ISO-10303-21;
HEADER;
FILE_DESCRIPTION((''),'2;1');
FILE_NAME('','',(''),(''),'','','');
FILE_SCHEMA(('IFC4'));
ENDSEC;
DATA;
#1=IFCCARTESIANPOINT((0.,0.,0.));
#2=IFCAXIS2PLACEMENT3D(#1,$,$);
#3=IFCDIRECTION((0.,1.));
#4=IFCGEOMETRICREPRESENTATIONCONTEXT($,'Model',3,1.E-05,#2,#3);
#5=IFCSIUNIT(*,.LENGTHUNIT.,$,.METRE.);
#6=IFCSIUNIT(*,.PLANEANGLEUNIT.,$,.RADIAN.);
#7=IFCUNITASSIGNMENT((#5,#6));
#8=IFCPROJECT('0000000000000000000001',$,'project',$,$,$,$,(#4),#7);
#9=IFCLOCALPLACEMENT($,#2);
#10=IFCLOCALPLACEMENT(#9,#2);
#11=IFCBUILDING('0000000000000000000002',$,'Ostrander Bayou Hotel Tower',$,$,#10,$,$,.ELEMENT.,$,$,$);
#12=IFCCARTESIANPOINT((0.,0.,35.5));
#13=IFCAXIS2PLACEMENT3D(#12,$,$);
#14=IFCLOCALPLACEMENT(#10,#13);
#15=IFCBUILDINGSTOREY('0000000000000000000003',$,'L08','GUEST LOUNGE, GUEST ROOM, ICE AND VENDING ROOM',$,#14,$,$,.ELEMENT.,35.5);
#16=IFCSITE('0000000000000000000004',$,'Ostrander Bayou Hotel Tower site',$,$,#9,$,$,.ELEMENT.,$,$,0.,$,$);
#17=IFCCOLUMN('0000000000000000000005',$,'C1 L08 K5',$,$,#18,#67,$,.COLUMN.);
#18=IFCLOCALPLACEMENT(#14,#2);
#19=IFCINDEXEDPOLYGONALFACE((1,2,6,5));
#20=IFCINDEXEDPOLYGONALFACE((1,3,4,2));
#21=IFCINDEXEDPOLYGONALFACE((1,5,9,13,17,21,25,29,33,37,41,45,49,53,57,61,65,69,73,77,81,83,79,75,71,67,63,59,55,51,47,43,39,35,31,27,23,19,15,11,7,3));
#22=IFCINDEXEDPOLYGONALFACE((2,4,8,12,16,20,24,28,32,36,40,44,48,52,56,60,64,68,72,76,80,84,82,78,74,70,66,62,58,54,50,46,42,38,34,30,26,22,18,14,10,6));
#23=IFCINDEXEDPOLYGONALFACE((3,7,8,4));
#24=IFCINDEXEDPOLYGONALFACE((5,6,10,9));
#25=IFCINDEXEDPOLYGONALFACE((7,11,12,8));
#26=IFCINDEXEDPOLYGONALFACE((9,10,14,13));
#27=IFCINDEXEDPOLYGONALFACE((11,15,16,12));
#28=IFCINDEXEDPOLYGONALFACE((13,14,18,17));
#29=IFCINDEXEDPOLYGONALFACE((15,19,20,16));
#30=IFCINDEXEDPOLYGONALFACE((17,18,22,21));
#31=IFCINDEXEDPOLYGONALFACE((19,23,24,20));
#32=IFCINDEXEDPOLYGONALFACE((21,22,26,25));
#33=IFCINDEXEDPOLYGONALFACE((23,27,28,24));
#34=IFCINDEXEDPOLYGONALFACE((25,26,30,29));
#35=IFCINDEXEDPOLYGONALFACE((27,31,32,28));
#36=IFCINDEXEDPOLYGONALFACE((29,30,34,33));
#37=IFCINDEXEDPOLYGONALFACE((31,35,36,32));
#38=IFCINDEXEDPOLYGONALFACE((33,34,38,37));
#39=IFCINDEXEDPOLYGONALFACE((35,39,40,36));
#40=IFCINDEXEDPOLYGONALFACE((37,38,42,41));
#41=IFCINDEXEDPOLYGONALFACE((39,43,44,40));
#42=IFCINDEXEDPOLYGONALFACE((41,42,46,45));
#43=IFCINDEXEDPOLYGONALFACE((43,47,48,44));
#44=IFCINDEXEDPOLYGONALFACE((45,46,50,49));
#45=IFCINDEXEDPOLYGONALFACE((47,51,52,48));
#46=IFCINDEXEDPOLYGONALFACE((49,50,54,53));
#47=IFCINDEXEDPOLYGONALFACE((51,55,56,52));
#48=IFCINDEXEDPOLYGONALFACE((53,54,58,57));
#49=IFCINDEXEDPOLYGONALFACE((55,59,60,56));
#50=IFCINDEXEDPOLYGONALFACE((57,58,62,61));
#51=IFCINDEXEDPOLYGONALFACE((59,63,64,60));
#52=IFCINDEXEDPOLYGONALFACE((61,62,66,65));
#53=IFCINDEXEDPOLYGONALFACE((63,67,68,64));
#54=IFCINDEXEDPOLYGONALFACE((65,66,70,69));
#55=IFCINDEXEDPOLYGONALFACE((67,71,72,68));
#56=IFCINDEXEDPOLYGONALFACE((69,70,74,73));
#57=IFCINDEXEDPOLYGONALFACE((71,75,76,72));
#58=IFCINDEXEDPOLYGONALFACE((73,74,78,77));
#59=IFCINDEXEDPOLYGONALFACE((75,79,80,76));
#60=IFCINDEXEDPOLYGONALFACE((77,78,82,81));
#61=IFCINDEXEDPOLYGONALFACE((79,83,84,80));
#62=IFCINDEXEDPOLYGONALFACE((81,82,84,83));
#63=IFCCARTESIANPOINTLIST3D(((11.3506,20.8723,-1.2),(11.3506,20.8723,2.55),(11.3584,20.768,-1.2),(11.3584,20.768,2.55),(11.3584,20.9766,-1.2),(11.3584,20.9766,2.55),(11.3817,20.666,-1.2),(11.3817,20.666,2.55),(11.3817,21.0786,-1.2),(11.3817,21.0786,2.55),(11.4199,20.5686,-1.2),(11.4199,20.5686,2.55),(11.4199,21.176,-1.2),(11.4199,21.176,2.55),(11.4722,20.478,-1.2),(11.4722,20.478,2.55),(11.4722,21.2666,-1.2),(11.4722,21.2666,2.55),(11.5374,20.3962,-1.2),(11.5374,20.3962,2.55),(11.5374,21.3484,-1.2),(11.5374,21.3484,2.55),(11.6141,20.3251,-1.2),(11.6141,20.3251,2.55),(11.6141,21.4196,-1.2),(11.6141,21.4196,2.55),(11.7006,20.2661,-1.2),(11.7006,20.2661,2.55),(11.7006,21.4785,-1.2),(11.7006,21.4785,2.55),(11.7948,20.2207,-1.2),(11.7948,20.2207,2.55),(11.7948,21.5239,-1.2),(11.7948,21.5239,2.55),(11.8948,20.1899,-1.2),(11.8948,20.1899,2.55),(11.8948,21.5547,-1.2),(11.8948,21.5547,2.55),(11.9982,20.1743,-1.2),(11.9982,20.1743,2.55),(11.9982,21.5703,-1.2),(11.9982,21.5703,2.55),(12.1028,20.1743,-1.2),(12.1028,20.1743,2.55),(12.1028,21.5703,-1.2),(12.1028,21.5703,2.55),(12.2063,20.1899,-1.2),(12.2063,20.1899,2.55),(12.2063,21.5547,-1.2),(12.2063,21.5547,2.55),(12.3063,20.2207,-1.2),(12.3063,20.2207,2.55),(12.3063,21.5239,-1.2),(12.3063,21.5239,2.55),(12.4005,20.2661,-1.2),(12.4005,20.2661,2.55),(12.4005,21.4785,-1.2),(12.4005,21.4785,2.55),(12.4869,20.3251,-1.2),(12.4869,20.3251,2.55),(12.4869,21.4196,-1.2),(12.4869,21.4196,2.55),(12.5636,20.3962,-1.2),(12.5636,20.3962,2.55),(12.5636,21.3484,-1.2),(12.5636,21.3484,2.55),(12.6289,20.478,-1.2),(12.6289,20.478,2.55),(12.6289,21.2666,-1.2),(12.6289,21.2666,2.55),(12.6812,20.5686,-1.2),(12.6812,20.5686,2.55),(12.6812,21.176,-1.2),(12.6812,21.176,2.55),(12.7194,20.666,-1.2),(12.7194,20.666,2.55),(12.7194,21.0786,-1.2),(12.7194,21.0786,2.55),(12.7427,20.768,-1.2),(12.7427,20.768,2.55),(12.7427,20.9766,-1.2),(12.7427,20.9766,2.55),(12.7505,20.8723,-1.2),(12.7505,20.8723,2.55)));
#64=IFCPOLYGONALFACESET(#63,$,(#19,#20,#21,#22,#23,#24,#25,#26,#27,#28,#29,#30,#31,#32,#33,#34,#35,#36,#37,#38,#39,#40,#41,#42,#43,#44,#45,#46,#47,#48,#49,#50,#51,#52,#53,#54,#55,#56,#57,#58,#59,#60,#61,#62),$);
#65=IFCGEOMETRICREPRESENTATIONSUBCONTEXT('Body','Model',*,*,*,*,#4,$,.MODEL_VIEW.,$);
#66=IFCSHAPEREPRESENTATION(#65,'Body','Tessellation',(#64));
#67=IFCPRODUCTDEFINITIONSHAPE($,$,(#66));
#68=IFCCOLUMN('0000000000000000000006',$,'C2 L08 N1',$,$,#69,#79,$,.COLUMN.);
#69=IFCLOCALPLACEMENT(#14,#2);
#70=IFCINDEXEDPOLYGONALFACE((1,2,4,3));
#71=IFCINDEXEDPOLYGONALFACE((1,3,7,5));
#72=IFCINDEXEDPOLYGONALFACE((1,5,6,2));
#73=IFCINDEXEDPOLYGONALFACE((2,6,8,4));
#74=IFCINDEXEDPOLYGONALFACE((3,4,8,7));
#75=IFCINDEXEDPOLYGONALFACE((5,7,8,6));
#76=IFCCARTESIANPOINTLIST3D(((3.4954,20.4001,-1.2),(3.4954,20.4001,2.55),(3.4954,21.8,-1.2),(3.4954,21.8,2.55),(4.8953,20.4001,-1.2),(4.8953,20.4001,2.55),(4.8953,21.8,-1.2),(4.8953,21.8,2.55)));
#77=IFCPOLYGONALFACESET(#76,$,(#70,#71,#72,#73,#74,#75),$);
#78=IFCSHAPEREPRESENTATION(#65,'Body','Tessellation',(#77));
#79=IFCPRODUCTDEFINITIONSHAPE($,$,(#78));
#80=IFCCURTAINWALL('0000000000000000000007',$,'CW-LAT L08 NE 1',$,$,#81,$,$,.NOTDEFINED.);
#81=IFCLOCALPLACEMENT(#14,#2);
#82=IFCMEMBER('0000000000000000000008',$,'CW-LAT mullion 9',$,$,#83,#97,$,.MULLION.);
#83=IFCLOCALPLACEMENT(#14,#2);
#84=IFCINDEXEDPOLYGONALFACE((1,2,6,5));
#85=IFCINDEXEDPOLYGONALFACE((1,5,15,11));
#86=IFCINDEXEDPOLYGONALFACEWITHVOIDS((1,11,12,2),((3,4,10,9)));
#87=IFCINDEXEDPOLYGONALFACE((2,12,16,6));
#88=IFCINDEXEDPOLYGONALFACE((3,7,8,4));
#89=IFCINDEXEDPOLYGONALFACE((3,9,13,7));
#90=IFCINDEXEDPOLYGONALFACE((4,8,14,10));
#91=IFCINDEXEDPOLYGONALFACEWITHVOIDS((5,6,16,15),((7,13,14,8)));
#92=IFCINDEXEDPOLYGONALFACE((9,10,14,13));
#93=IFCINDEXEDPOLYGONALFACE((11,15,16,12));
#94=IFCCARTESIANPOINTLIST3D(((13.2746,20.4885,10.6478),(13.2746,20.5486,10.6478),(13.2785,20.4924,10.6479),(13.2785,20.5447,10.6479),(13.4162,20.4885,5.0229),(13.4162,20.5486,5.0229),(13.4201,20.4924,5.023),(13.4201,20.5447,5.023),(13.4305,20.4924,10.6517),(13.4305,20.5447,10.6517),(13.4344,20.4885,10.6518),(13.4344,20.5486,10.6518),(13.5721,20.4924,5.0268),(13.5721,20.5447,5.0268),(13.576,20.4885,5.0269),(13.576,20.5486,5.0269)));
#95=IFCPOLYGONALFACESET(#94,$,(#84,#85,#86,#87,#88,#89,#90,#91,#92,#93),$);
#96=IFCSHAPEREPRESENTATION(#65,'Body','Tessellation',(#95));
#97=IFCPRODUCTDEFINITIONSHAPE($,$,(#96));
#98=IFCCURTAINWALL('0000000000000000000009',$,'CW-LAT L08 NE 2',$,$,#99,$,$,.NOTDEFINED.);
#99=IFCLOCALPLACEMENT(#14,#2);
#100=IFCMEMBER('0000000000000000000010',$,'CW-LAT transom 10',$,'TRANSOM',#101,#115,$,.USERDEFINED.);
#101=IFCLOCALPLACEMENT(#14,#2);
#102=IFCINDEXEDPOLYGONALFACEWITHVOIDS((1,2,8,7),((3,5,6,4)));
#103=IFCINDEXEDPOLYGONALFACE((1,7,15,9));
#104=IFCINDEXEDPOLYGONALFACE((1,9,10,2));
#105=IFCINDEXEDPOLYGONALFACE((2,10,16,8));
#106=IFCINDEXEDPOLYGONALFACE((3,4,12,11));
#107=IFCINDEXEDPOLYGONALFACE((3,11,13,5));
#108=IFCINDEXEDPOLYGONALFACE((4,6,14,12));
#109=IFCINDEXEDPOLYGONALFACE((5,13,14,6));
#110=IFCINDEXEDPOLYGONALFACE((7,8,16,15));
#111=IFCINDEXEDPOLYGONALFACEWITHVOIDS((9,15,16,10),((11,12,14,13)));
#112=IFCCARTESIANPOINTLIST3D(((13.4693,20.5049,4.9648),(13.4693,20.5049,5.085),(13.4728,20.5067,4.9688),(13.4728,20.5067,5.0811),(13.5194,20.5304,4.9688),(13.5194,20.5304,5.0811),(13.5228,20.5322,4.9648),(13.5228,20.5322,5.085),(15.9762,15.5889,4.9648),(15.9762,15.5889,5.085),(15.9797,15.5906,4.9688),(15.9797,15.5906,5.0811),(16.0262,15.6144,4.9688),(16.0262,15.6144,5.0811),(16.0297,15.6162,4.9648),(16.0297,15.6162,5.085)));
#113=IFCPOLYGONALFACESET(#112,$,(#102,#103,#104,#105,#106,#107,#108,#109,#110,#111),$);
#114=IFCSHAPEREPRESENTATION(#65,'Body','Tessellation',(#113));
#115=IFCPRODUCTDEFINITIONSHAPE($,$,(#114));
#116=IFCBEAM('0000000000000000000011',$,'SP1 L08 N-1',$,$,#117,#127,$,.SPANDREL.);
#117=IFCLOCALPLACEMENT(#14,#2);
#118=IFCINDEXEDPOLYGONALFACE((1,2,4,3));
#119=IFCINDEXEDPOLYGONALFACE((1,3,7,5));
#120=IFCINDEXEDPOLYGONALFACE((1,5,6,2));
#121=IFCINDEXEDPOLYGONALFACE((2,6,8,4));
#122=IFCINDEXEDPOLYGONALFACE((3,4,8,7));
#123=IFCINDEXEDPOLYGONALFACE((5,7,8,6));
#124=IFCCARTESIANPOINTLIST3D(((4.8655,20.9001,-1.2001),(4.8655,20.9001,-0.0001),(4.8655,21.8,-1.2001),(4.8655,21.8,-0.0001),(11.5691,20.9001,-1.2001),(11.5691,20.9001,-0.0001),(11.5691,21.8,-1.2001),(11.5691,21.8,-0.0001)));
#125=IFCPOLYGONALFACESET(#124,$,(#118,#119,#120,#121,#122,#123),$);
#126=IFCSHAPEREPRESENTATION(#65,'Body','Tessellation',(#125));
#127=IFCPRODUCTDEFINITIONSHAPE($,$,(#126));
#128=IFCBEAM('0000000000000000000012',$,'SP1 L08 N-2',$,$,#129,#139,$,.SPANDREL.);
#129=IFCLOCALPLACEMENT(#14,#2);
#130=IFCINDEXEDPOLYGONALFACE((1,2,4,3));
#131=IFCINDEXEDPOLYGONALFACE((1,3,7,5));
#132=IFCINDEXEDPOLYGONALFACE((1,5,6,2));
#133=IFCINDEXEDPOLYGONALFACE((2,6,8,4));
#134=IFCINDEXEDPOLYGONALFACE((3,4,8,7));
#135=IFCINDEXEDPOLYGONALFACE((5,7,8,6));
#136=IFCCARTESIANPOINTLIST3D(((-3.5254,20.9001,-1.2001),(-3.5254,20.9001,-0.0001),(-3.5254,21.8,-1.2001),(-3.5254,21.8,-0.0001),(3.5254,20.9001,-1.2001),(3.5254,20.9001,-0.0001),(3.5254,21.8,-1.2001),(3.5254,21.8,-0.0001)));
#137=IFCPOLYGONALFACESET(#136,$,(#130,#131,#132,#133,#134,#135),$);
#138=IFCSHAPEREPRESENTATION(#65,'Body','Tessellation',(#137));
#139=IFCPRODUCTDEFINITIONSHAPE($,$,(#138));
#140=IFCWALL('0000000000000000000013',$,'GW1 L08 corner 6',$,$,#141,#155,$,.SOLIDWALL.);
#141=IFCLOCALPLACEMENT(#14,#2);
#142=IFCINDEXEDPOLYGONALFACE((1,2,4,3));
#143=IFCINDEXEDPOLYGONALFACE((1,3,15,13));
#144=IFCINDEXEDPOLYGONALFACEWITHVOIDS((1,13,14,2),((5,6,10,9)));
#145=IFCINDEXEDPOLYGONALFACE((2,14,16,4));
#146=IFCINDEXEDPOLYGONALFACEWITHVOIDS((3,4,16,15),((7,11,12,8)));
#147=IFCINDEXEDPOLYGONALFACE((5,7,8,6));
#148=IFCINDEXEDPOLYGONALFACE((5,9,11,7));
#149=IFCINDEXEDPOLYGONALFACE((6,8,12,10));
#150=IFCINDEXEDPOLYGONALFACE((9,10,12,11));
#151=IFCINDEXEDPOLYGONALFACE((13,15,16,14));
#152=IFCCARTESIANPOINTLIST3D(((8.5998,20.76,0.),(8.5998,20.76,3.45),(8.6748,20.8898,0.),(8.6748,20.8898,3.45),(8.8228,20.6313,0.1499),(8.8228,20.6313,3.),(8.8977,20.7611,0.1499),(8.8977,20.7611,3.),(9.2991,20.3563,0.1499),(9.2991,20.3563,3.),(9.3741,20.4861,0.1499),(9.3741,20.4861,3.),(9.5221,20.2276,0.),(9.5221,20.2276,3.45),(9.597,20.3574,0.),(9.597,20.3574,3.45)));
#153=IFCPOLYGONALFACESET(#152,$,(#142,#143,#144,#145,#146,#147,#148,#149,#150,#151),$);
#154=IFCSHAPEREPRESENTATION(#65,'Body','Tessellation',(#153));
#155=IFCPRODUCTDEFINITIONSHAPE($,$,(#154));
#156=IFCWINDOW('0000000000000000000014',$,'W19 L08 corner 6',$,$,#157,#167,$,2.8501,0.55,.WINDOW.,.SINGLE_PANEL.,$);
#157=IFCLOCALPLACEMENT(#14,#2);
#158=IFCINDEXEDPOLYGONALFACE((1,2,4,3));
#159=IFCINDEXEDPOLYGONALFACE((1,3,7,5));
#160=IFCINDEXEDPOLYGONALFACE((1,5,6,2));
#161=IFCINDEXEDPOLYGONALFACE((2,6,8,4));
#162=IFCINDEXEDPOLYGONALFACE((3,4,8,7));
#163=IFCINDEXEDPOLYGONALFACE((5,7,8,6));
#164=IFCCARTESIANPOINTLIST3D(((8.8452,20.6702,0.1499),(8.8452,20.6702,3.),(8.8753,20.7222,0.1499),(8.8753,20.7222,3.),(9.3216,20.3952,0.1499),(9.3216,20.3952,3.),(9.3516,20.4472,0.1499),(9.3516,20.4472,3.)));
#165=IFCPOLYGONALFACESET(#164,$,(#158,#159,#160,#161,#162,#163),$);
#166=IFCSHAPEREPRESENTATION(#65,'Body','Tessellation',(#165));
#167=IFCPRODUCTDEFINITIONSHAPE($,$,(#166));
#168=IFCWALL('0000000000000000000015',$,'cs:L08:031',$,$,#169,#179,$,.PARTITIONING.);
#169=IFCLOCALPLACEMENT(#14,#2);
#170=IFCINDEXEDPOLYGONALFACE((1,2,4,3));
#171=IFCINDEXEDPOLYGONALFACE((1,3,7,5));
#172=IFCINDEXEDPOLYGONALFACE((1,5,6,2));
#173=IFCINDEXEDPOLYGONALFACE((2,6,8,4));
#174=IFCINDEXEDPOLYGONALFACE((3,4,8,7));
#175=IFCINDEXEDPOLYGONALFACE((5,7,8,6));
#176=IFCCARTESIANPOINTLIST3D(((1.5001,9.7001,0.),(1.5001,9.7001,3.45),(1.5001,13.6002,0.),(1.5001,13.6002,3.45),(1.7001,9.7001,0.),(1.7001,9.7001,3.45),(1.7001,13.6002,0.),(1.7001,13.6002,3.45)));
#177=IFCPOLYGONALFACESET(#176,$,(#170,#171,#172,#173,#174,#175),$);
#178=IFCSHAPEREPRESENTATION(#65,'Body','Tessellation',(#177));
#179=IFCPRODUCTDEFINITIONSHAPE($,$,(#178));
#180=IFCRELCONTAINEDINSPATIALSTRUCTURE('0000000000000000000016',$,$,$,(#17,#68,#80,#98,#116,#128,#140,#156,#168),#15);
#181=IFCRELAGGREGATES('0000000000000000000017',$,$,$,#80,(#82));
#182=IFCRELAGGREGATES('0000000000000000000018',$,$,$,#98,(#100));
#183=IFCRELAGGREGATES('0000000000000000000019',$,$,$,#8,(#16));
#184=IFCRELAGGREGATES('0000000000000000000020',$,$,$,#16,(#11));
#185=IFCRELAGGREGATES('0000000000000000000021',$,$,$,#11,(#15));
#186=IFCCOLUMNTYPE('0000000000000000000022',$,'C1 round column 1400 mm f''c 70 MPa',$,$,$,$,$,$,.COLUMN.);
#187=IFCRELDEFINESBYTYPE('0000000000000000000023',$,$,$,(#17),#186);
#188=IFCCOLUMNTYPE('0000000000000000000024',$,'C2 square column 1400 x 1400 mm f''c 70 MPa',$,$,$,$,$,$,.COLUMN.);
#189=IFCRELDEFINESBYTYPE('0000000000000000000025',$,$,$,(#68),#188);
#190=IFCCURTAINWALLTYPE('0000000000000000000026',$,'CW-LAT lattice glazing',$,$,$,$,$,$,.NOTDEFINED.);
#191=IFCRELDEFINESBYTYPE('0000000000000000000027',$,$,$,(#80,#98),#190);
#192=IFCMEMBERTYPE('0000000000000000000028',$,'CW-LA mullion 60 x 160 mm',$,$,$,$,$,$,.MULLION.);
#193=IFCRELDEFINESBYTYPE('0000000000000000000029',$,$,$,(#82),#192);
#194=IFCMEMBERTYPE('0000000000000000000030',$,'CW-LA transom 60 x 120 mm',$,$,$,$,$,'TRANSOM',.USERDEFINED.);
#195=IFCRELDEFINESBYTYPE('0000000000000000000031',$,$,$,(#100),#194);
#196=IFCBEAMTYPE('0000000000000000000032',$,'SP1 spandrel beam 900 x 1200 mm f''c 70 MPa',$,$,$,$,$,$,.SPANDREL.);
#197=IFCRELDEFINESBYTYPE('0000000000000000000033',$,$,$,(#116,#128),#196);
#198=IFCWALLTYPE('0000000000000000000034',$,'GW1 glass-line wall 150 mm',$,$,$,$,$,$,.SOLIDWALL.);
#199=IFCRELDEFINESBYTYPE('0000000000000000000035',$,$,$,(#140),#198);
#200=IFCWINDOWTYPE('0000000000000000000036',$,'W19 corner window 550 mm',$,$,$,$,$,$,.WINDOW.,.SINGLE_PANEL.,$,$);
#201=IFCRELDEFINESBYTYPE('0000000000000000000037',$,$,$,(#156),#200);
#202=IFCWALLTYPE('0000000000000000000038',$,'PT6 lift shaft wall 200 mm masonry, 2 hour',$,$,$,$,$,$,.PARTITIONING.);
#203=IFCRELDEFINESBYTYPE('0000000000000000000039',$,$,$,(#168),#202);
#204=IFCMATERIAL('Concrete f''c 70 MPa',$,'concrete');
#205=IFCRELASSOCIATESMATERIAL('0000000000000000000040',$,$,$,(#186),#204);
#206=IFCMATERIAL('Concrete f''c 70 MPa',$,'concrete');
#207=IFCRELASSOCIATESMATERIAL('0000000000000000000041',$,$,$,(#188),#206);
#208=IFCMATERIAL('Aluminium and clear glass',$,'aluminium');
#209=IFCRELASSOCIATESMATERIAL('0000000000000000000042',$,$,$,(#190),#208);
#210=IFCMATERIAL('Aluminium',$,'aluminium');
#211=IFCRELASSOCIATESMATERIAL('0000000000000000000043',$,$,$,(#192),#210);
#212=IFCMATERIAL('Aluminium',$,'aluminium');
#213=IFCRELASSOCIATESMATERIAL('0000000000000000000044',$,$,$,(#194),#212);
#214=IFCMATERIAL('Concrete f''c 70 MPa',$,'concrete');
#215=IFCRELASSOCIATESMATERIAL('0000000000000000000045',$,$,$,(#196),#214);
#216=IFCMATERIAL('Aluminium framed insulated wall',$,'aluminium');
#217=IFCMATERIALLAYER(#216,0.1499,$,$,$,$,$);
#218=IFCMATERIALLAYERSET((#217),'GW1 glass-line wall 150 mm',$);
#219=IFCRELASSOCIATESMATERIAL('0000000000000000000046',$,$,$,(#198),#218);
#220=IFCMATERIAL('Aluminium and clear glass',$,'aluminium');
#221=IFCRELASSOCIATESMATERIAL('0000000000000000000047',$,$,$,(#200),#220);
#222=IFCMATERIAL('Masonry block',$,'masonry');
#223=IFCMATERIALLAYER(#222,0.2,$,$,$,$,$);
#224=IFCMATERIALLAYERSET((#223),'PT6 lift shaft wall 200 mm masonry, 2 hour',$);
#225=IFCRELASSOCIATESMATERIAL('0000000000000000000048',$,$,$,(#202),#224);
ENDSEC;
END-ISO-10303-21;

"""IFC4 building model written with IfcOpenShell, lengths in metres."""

from ifc_helpers import new_model, si_unit, direction, frame, frame_2d, origin, origin_2d, place, context, subcontext, project, spatial, rectangle, hollow_rectangle, circle, extrude, material, layer, layer_set, material_profile, profile_set, type_object, element, fill, aggregate, save


model = new_model("IFC4")

# Units and contexts
model_context = context("Model", 3, precision=1e-05, world=origin(), true_north=direction((0.0, 1.0)))
body_context = subcontext(model_context, "Body", "Model", "MODEL_VIEW")
ifc_project = project(units=[si_unit("LENGTHUNIT", "METRE"), si_unit("PLANEANGLEUNIT", "RADIAN")], contexts=[model_context])

# Site, building, storey
site_placement = place(None, origin())
site = spatial("IfcSite", under=ifc_project, at=site_placement, Name="Ostrander Bayou Hotel Tower site", CompositionType="ELEMENT", RefElevation=0.0)
building_placement = place(site_placement, origin())
building = spatial("IfcBuilding", under=site, at=building_placement, Name="Ostrander Bayou Hotel Tower", CompositionType="ELEMENT")
storey_placement = place(building_placement, frame((0.0, 0.0, 35.5)))
storey = spatial("IfcBuildingStorey", under=building, at=storey_placement, Name="L08", Description="GUEST LOUNGE, GUEST ROOM, ICE AND VENDING ROOM", CompositionType="ELEMENT", Elevation=35.5)

# Columns
ifc_material_1 = material(Name="Concrete f'c 70 MPa", Category="concrete")
ifc_material_profile_1 = material_profile(ifc_material_1, circle(Radius=0.7, at=origin_2d()))
ifc_profile_set_1 = profile_set([ifc_material_profile_1], Name="Concrete f'c 70 MPa")
column_type_1 = type_object("IfcColumnType", Name="C1 round column 1400 mm f'c 70 MPa", PredefinedType="COLUMN", material=ifc_profile_set_1)
column_1_placement = place(storey_placement, frame((12.0505, 20.8723, -1.2), z_axis=(0.0, 0.0, 1.0), x_axis=(1.0, 0.0, 0.0)))
element("IfcColumn", 1, at=column_1_placement, inside=storey, type_object=column_type_1, Name="C1 L08 K5", PredefinedType="COLUMN", context=body_context, shape_type="SweptSolid", body=[
    extrude(circle(Radius=0.7, at=origin_2d()), origin(), (0.0, 0.0, 1.0), 3.75),
])
ifc_material_2 = material(Name="Concrete f'c 70 MPa", Category="concrete")
ifc_material_profile_2 = material_profile(ifc_material_2, rectangle(XDim=1.3999, YDim=1.3999, at=origin_2d()))
ifc_profile_set_2 = profile_set([ifc_material_profile_2], Name="Concrete f'c 70 MPa")
column_type_2 = type_object("IfcColumnType", Name="C2 square column 1400 x 1400 mm f'c 70 MPa", PredefinedType="COLUMN", material=ifc_profile_set_2)
column_2_placement = place(storey_placement, frame((4.1953, 21.1001, -1.2), z_axis=(0.0, 0.0, 1.0), x_axis=(1.0, 0.0, 0.0)))
element("IfcColumn", 2, at=column_2_placement, inside=storey, type_object=column_type_2, Name="C2 L08 N1", PredefinedType="COLUMN", context=body_context, shape_type="SweptSolid", body=[
    extrude(rectangle(XDim=1.3999, YDim=1.3999, at=origin_2d()), origin(), (0.0, 0.0, 1.0), 3.75),
])

# Curtain walls, members
ifc_material_3 = material(Name="Aluminium and clear glass", Category="aluminium")
curtain_wall_type = type_object("IfcCurtainWallType", Name="CW-LAT lattice glazing", PredefinedType="NOTDEFINED", material=ifc_material_3)
curtain_wall_1_placement = place(storey_placement, origin())
curtain_wall_1 = element("IfcCurtainWall", 3, at=curtain_wall_1_placement, inside=storey, type_object=curtain_wall_type, Name="CW-LAT L08 NE 1", PredefinedType="NOTDEFINED")
ifc_material_4 = material(Name="Aluminium", Category="aluminium")
ifc_material_profile_3 = material_profile(ifc_material_4, hollow_rectangle(XDim=0.0601, YDim=0.1599, WallThickness=0.0039, at=origin_2d()))
ifc_profile_set_3 = profile_set([ifc_material_profile_3], Name="Aluminium")
member_type_1 = type_object("IfcMemberType", Name="CW-LA mullion 60 x 160 mm", PredefinedType="MULLION", material=ifc_profile_set_3)
member_1_placement = place(storey_placement, frame((13.4961, 20.5186, 5.0249), z_axis=(-0.025166, 0.0, 0.999683), x_axis=(0.0, -1.0, 0.0)))
member_1 = element("IfcMember", 4, at=member_1_placement, type_object=member_type_1, Name="CW-LAT mullion 9", PredefinedType="MULLION", context=body_context, shape_type="SweptSolid", body=[
    extrude(hollow_rectangle(XDim=0.0601, YDim=0.1599, WallThickness=0.0039, at=origin_2d()), origin(), (0.0, 0.0, 1.0), 5.6267),
])
aggregate(curtain_wall_1, [member_1])
curtain_wall_2_placement = place(storey_placement, origin())
curtain_wall_2 = element("IfcCurtainWall", 5, at=curtain_wall_2_placement, inside=storey, type_object=curtain_wall_type, Name="CW-LAT L08 NE 2", PredefinedType="NOTDEFINED")
ifc_material_5 = material(Name="Aluminium", Category="aluminium")
ifc_material_profile_4 = material_profile(ifc_material_5, hollow_rectangle(XDim=0.0601, YDim=0.1201, WallThickness=0.0039, at=origin_2d()))
ifc_profile_set_4 = profile_set([ifc_material_profile_4], Name="Aluminium")
member_type_2 = type_object("IfcMemberType", Name="CW-LA transom 60 x 120 mm", ElementType="TRANSOM", PredefinedType="USERDEFINED", material=ifc_profile_set_4)
member_2_placement = place(storey_placement, frame((13.4961, 20.5186, 5.0249), z_axis=(0.454278, -0.89086, 0.0), x_axis=(0.89086, 0.454278, 0.0)))
member_2 = element("IfcMember", 6, at=member_2_placement, type_object=member_type_2, Name="CW-LAT transom 10", ObjectType="TRANSOM", PredefinedType="USERDEFINED", context=body_context, shape_type="SweptSolid", body=[
    extrude(hollow_rectangle(XDim=0.0601, YDim=0.1201, WallThickness=0.0039, at=origin_2d()), origin(), (0.0, 0.0, 1.0), 5.5183),
])
aggregate(curtain_wall_2, [member_2])

# Beams
ifc_material_6 = material(Name="Concrete f'c 70 MPa", Category="concrete")
ifc_material_profile_5 = material_profile(ifc_material_6, rectangle(XDim=0.8999, YDim=1.2, at=origin_2d()))
ifc_profile_set_5 = profile_set([ifc_material_profile_5], Name="Concrete f'c 70 MPa")
beam_type = type_object("IfcBeamType", Name="SP1 spandrel beam 900 x 1200 mm f'c 70 MPa", PredefinedType="SPANDREL", material=ifc_profile_set_5)
beam_1_placement = place(storey_placement, frame((11.5691, 21.3501, -0.6001), z_axis=(-1.0, 0.0, 0.0), x_axis=(0.0, -1.0, 0.0)))
element("IfcBeam", 7, at=beam_1_placement, inside=storey, type_object=beam_type, Name="SP1 L08 N-1", PredefinedType="SPANDREL", context=body_context, shape_type="SweptSolid", body=[
    extrude(rectangle(XDim=0.8999, YDim=1.2, at=origin_2d()), origin(), (0.0, 0.0, 1.0), 6.7036),
])
beam_2_placement = place(storey_placement, frame((3.5254, 21.3501, -0.6001), z_axis=(-1.0, 0.0, 0.0), x_axis=(0.0, -1.0, 0.0)))
element("IfcBeam", 8, at=beam_2_placement, inside=storey, type_object=beam_type, Name="SP1 L08 N-2", PredefinedType="SPANDREL", context=body_context, shape_type="SweptSolid", body=[
    extrude(rectangle(XDim=0.8999, YDim=1.2, at=origin_2d()), origin(), (0.0, 0.0, 1.0), 7.0508),
])

# Wall, opening, window
ifc_material_7 = material(Name="Aluminium framed insulated wall", Category="aluminium")
ifc_layer_1 = layer(ifc_material_7, 0.1499)
ifc_layer_set_1 = layer_set([ifc_layer_1], Name="GW1 glass-line wall 150 mm")
wall_type_1 = type_object("IfcWallType", Name="GW1 glass-line wall 150 mm", PredefinedType="SOLIDWALL", material=ifc_layer_set_1)
wall_1_placement = place(storey_placement, frame((9.5596, 20.2925, 0.0), z_axis=(0.0, 0.0, 1.0), x_axis=(-0.866048, 0.499961, 0.0)))
wall_1 = element("IfcWall", 9, at=wall_1_placement, inside=storey, type_object=wall_type_1, Name="GW1 L08 corner 6", PredefinedType="SOLIDWALL", context=body_context, shape_type="SweptSolid", body=[
    extrude(rectangle(XDim=1.0649, YDim=0.1499, at=frame_2d((0.5325, 0.0))), origin(), (0.0, 0.0, 1.0), 3.45),
])
opening_1_placement = place(wall_1_placement, frame((0.2576, 0.0, 0.1499)))
opening_1 = element("IfcOpeningElement", 10, at=opening_1_placement, cuts=wall_1, PredefinedType="OPENING", context=body_context, shape_type="SweptSolid", body=[
    extrude(rectangle(XDim=0.55, YDim=2.8501, at=frame_2d((0.2749, 1.425))), frame((0.0, 0.075, 0.0), z_axis=(0.0, -1.0, 0.0), x_axis=(1.0, 0.0, 0.0)), (0.0, 0.0, 1.0), 0.1499),
])
ifc_material_8 = material(Name="Aluminium and clear glass", Category="aluminium")
window_type_1 = type_object("IfcWindowType", Name="W19 corner window 550 mm", PartitioningType="SINGLE_PANEL", PredefinedType="WINDOW", material=ifc_material_8)
window_1_placement = place(opening_1_placement, origin())
window_1 = element("IfcWindow", 11, at=window_1_placement, inside=storey, type_object=window_type_1, Name="W19 L08 corner 6", OverallHeight=2.8501, OverallWidth=0.55, PartitioningType="SINGLE_PANEL", PredefinedType="WINDOW", context=body_context, shape_type="SweptSolid", body=[
    extrude(rectangle(XDim=0.55, YDim=2.8501, at=frame_2d((0.2749, 1.425))), frame((0.0, 0.03, 0.0), z_axis=(0.0, -1.0, 0.0), x_axis=(1.0, 0.0, 0.0)), (0.0, 0.0, 1.0), 0.0601),
])
fill(opening_1, window_1)

# Wall
ifc_material_9 = material(Name="Masonry block", Category="masonry")
ifc_layer_2 = layer(ifc_material_9, 0.2)
ifc_layer_set_2 = layer_set([ifc_layer_2], Name="PT6 lift shaft wall 200 mm masonry, 2 hour")
wall_type_2 = type_object("IfcWallType", Name="PT6 lift shaft wall 200 mm masonry, 2 hour", PredefinedType="PARTITIONING", material=ifc_layer_set_2)
wall_2_placement = place(storey_placement, frame((1.6001, 9.7, 0.0), z_axis=(0.0, 0.0, 1.0), x_axis=(0.0, 1.0, 0.0)))
element("IfcWall", 12, at=wall_2_placement, inside=storey, type_object=wall_type_2, Name="cs:L08:031", PredefinedType="PARTITIONING", context=body_context, shape_type="SweptSolid", body=[
    extrude(rectangle(XDim=3.9001, YDim=0.2, at=frame_2d((1.9502, 0.0))), origin(), (0.0, 0.0, 1.0), 3.45),
])

save(model, "model.ifc")
